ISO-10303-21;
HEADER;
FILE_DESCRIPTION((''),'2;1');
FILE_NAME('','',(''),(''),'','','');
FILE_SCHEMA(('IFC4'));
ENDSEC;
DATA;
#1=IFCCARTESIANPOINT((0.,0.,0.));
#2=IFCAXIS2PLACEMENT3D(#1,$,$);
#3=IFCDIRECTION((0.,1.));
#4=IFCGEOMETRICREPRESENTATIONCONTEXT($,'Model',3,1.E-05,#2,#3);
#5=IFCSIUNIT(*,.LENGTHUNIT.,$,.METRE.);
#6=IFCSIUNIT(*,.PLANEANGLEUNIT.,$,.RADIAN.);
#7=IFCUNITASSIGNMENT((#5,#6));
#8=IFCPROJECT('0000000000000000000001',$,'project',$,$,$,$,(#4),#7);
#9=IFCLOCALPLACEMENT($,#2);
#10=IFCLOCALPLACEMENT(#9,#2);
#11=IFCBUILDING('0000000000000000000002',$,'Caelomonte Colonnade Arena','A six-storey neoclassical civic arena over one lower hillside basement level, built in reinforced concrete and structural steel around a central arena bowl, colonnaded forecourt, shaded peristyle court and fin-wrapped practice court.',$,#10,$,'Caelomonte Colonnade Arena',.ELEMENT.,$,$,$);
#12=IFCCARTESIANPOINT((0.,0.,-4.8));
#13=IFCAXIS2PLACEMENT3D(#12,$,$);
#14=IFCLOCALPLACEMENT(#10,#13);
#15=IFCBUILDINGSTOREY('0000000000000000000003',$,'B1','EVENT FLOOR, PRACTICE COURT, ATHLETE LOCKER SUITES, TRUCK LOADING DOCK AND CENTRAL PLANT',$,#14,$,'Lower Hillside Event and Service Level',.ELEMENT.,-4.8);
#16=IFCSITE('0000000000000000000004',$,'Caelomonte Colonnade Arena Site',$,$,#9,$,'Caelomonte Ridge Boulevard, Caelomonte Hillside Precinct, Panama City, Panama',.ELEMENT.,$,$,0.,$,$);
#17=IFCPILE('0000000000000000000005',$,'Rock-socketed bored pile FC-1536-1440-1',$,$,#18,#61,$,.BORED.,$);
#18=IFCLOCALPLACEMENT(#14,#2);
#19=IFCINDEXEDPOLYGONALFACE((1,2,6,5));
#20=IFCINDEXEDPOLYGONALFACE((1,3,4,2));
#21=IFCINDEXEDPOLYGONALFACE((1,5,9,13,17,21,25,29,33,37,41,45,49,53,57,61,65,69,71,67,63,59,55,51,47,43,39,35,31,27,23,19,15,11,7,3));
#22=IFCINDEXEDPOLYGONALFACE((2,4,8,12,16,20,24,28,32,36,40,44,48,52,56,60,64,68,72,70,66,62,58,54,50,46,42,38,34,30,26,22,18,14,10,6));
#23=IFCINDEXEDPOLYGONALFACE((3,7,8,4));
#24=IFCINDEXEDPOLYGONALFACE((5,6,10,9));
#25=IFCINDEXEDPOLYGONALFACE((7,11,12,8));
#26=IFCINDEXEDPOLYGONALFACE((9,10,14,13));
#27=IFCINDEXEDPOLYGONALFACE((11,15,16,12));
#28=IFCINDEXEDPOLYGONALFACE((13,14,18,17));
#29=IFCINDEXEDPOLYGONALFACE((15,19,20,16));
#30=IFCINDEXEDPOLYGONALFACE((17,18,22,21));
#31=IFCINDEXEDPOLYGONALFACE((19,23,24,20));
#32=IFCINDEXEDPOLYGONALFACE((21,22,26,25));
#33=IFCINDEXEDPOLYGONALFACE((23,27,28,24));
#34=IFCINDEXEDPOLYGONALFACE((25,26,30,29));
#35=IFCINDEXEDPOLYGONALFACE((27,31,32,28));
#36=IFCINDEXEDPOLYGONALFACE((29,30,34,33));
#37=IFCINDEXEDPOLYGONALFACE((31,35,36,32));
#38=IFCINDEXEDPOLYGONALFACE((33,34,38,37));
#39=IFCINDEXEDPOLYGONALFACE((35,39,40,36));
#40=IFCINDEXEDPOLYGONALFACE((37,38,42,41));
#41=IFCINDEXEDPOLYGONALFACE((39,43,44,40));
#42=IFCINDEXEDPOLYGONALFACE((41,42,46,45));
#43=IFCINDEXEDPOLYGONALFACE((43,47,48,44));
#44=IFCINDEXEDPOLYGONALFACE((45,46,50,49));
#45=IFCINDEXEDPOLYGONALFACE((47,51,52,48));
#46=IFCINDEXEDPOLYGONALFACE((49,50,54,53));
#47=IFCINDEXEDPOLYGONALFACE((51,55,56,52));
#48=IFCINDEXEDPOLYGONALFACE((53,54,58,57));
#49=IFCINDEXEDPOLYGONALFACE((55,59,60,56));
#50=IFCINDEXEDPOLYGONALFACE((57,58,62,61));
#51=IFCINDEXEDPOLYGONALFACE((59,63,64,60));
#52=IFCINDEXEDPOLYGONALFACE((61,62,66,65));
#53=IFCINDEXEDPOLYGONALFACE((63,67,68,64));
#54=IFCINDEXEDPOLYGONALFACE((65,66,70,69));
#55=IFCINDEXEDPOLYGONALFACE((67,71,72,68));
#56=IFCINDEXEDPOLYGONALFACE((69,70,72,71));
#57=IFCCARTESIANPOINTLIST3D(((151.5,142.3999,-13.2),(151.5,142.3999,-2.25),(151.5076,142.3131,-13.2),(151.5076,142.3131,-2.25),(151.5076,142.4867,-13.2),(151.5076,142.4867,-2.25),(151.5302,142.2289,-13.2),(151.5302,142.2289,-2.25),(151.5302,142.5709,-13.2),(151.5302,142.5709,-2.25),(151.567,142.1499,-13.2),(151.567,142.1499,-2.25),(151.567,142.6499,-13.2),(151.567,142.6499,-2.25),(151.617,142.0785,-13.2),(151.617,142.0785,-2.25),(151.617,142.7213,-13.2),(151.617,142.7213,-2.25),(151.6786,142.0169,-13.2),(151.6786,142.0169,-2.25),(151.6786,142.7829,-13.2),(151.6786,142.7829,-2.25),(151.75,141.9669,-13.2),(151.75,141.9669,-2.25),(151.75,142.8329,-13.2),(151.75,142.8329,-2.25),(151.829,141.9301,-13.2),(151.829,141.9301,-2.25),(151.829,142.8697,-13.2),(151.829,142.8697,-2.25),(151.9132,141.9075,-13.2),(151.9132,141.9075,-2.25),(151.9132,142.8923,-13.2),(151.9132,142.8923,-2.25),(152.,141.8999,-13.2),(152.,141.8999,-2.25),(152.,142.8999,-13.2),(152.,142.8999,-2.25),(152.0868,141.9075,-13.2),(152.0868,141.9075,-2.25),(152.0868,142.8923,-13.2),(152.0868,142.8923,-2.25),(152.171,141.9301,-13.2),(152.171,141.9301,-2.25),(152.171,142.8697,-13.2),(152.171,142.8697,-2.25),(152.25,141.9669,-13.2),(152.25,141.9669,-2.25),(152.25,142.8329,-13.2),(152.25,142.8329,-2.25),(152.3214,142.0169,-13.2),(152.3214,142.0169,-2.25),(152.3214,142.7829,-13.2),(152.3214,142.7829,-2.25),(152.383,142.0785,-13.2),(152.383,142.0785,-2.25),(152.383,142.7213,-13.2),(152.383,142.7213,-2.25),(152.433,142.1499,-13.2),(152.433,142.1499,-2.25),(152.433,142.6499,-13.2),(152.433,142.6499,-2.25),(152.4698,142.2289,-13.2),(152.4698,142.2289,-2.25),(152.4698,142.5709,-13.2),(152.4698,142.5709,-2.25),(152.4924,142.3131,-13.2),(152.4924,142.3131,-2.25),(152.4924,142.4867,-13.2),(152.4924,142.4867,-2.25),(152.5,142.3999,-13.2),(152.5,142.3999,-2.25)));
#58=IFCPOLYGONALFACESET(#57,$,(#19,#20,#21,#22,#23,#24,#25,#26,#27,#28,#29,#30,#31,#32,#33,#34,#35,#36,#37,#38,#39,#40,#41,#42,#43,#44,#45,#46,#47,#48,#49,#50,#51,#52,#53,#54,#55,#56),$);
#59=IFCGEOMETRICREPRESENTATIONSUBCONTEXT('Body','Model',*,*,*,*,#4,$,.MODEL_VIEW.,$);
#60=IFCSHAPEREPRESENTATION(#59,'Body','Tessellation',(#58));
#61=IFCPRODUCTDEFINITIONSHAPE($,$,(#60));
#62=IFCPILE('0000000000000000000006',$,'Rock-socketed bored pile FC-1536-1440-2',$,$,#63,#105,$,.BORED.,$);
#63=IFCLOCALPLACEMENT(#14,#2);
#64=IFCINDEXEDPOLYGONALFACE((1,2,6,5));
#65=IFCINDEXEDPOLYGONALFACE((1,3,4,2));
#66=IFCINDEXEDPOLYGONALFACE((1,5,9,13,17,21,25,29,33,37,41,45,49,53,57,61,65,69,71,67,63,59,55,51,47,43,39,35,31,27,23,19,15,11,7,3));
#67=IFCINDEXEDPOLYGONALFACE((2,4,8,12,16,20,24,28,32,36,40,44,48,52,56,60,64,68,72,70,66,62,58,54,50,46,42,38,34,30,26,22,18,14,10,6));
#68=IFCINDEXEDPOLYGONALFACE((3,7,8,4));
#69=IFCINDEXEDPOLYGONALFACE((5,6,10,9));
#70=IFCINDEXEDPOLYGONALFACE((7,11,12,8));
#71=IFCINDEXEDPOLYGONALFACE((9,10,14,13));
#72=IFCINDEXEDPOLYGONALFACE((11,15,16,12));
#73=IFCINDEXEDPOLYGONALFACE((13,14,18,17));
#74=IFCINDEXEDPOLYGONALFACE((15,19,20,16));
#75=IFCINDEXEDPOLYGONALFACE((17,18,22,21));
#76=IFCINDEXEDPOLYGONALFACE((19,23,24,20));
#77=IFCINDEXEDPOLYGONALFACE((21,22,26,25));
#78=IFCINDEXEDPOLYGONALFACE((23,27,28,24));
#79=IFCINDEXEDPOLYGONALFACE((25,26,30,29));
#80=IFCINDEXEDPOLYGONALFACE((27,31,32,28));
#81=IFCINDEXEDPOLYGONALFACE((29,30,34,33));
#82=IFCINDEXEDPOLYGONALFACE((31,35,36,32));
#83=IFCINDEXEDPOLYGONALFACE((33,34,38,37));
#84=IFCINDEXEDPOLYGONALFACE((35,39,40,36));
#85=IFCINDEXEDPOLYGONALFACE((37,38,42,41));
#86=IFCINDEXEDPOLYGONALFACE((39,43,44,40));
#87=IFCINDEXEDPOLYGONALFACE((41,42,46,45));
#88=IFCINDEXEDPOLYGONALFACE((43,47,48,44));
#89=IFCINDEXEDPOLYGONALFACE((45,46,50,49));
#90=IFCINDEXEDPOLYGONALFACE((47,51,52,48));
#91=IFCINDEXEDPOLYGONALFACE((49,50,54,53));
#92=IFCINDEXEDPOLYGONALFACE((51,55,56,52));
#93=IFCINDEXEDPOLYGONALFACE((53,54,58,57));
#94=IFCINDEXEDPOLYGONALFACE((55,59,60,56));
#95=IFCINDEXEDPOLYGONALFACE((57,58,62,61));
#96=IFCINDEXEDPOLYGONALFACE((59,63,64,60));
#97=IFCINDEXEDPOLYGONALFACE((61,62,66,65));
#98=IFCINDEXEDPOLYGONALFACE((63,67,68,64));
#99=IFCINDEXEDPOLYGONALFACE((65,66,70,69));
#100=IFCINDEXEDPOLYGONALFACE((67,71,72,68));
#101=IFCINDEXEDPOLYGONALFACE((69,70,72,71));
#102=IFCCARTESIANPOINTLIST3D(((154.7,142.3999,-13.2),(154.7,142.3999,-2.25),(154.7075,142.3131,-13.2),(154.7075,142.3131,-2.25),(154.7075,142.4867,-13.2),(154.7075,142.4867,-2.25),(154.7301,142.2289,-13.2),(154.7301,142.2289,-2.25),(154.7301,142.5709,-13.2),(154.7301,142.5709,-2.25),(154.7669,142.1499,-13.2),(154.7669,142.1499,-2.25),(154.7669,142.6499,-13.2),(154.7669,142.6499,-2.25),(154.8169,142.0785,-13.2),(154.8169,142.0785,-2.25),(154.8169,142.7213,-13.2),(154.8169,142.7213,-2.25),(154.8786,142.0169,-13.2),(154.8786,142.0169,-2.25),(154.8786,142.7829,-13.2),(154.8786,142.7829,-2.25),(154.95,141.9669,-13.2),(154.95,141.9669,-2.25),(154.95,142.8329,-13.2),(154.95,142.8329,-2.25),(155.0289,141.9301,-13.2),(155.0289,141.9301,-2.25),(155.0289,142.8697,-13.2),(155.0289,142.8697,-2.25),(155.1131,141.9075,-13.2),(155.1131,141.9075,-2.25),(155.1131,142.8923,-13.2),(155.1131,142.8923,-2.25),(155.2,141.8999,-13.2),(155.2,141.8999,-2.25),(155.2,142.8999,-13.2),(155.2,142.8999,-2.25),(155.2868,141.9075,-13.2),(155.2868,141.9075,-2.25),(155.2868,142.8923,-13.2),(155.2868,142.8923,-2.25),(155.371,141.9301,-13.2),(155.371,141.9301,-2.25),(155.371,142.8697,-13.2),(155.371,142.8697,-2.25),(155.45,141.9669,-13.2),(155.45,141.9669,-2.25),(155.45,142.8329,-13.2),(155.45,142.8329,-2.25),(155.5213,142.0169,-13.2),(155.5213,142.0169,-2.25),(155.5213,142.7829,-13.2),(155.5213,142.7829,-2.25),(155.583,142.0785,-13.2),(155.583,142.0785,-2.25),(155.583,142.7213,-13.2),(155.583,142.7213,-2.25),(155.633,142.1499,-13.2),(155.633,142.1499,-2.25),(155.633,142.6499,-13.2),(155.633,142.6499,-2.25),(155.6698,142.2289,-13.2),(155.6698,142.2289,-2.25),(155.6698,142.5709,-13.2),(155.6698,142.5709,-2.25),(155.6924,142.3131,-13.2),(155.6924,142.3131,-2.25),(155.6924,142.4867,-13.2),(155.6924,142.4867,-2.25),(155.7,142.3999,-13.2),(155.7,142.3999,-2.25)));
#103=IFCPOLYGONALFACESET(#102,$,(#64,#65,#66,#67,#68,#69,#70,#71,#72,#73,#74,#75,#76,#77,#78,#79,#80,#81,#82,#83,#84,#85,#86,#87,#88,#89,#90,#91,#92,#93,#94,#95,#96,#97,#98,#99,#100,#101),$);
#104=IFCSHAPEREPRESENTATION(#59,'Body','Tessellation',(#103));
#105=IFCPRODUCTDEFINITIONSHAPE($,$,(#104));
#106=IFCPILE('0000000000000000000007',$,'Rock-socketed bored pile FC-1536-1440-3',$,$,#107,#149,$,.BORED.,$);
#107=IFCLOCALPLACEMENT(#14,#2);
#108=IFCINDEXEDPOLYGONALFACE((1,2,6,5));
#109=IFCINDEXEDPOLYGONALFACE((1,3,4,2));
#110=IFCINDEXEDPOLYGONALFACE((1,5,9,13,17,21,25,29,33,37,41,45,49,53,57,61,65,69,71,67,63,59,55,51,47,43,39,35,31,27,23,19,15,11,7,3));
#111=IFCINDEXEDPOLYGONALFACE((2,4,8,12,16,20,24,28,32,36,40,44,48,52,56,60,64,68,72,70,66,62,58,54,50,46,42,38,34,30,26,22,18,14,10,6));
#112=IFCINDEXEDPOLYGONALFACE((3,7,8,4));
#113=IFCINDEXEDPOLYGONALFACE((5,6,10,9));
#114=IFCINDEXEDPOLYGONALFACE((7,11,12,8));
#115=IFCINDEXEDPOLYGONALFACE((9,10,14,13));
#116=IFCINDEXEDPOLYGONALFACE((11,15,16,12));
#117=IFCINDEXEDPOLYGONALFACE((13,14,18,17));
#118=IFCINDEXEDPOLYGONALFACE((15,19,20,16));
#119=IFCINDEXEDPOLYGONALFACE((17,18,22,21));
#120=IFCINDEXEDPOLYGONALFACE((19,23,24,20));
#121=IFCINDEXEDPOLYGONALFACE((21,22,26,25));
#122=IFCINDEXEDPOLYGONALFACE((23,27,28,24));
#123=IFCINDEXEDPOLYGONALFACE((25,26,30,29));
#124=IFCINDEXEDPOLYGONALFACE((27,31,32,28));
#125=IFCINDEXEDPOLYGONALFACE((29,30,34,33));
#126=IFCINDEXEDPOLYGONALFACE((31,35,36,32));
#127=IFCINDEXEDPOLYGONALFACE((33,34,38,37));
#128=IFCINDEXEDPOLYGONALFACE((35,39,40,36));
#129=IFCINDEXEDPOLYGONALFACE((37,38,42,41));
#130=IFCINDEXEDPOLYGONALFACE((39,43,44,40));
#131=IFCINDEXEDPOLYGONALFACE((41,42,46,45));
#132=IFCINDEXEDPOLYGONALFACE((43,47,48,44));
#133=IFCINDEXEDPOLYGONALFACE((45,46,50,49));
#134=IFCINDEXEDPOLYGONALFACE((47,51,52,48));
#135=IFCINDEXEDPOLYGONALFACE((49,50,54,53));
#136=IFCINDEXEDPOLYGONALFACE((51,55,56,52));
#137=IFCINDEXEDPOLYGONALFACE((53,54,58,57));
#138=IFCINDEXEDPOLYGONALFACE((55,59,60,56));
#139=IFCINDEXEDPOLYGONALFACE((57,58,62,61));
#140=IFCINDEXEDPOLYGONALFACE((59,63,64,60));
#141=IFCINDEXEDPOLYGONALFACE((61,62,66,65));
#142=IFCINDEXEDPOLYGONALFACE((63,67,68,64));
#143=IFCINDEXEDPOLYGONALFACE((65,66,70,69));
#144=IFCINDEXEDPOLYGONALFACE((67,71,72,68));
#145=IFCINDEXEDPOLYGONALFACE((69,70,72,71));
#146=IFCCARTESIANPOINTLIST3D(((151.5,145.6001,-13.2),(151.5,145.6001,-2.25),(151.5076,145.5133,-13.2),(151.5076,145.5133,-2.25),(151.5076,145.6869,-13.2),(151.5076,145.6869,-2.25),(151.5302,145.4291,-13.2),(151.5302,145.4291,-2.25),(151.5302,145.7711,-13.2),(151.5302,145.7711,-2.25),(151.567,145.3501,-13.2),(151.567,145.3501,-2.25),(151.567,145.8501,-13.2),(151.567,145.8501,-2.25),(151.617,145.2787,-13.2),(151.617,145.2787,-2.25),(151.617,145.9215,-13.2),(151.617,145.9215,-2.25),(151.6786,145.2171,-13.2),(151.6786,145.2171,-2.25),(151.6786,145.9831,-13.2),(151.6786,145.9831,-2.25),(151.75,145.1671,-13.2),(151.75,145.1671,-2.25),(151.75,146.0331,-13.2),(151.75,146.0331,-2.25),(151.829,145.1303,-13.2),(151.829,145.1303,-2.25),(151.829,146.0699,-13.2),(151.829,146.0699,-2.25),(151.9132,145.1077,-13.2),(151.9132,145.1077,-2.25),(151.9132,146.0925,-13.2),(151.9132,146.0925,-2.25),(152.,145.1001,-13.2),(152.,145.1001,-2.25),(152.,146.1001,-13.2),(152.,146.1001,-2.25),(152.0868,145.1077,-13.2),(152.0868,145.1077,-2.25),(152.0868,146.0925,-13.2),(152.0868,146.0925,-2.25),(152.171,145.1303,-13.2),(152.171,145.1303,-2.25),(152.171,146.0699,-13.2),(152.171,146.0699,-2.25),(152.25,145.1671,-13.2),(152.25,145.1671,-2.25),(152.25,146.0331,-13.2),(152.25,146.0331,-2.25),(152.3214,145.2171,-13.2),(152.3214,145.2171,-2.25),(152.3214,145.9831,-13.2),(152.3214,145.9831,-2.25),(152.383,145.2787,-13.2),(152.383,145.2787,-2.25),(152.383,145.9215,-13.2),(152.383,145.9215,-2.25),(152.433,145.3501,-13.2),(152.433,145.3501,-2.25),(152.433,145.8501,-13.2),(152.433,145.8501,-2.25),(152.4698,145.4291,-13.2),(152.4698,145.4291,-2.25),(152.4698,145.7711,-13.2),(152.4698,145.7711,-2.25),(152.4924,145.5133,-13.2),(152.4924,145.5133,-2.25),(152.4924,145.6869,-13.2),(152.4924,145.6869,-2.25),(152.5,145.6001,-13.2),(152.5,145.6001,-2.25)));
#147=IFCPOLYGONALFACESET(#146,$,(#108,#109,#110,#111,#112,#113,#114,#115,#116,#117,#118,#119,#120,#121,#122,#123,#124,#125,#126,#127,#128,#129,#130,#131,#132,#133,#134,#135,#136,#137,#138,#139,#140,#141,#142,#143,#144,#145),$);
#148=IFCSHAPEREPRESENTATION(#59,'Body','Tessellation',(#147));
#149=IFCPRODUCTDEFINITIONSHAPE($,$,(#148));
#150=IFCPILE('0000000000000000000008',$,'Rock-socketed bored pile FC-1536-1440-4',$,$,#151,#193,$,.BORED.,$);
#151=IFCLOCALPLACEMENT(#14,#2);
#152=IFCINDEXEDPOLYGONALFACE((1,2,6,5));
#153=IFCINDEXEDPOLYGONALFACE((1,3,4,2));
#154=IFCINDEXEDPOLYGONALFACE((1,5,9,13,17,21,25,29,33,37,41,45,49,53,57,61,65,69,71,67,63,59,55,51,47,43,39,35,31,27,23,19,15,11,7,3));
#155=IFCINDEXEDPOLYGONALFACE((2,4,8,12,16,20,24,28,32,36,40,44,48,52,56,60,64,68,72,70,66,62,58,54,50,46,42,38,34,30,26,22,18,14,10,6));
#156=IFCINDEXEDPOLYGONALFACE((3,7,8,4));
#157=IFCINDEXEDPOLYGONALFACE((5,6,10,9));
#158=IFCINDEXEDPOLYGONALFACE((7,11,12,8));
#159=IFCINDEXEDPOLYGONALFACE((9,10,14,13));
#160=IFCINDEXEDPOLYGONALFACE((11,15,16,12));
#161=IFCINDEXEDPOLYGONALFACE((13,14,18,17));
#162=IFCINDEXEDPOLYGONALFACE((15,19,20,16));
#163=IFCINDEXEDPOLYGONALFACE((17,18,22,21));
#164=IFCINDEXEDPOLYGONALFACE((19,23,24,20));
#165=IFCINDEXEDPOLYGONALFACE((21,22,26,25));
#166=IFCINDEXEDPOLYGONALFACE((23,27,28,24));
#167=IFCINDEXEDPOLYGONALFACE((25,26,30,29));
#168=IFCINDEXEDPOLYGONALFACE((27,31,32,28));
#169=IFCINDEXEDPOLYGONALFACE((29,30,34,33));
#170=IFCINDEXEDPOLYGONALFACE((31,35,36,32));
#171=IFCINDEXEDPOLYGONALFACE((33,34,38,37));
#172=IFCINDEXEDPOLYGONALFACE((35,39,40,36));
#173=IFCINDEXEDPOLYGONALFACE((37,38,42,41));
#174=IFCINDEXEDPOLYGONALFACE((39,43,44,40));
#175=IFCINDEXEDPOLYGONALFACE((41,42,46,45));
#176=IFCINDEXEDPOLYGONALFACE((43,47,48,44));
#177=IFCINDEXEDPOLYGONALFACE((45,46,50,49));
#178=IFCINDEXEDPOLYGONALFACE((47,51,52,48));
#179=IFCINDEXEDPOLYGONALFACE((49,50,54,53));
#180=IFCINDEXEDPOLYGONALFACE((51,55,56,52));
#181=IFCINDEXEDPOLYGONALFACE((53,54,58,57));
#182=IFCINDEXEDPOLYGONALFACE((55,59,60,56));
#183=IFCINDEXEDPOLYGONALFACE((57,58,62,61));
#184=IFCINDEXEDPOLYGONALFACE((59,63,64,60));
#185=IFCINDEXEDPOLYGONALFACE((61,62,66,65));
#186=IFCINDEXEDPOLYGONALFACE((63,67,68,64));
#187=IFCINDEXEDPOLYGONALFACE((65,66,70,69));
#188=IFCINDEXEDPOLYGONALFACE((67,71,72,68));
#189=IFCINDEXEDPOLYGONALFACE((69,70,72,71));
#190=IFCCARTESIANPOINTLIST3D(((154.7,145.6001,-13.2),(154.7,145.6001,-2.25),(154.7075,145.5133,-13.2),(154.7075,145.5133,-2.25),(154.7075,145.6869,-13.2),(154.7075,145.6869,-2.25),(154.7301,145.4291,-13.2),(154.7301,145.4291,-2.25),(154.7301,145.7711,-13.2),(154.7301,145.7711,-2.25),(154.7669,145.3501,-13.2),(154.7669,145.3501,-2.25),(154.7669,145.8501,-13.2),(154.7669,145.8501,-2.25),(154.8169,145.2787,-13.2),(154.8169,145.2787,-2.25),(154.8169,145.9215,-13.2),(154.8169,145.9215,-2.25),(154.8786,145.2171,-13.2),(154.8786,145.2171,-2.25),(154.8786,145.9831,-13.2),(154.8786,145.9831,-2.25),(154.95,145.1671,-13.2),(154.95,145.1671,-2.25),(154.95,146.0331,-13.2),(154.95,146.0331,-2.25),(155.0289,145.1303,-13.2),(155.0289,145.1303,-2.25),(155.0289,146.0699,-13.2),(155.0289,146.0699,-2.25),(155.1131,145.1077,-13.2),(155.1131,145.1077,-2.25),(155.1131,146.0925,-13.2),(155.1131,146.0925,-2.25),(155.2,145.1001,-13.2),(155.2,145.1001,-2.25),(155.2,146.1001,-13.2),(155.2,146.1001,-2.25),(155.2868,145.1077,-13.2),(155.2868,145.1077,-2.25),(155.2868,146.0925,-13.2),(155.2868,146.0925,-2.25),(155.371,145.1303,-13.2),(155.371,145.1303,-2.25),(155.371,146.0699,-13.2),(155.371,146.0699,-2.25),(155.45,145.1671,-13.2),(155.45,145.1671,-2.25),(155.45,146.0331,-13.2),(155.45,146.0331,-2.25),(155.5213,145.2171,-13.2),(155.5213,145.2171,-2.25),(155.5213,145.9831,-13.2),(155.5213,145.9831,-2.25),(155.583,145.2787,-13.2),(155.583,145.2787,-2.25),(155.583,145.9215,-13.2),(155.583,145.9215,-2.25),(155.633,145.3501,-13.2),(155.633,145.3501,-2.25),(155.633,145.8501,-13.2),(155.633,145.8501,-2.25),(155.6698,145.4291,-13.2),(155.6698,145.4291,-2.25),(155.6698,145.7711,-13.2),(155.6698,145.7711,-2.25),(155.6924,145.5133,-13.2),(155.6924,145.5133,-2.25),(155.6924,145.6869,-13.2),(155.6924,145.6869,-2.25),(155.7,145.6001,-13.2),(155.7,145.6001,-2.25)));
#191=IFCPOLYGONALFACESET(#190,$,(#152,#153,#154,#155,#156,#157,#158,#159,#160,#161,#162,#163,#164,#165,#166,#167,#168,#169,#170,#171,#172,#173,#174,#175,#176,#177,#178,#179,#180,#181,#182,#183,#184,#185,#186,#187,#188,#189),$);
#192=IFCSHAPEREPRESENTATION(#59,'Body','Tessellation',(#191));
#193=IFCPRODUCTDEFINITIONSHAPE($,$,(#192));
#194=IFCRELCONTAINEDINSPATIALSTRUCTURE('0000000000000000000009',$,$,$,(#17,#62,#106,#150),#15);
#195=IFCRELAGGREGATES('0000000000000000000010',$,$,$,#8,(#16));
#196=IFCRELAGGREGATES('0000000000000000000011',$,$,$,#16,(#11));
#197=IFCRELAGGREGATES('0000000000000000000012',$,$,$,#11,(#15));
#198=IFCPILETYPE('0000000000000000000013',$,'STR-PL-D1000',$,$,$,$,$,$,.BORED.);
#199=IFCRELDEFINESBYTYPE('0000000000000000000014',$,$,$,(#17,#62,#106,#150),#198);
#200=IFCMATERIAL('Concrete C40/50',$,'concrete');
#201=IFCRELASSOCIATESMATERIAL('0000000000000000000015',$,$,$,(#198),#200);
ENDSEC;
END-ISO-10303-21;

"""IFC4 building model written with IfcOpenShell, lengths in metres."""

from ifc_helpers import new_model, si_unit, direction, frame, origin, origin_2d, place, context, subcontext, project, spatial, circle, extrude, material, material_profile, profile_set, type_object, element, save


model = new_model("IFC4")

# Units and contexts
model_context = context("Model", 3, precision=1e-05, world=origin(), true_north=direction((0.0, 1.0)))
body_context = subcontext(model_context, "Body", "Model", "MODEL_VIEW")
ifc_project = project(units=[si_unit("LENGTHUNIT", "METRE"), si_unit("PLANEANGLEUNIT", "RADIAN")], contexts=[model_context])

# Site, building, storey
site_placement = place(None, origin())
site = spatial("IfcSite", under=ifc_project, at=site_placement, Name="Caelomonte Colonnade Arena Site", LongName="Caelomonte Ridge Boulevard, Caelomonte Hillside Precinct, Panama City, Panama", CompositionType="ELEMENT", RefElevation=0.0)
building_placement = place(site_placement, origin())
building = spatial("IfcBuilding", under=site, at=building_placement, Name="Caelomonte Colonnade Arena", Description="A six-storey neoclassical civic arena over one lower hillside basement level, built in reinforced concrete and structural steel around a central arena bowl, colonnaded forecourt, shaded peristyle court and fin-wrapped practice court.", LongName="Caelomonte Colonnade Arena", CompositionType="ELEMENT")
storey_placement = place(building_placement, frame((0.0, 0.0, -4.8)))
storey = spatial("IfcBuildingStorey", under=building, at=storey_placement, Name="B1", Description="EVENT FLOOR, PRACTICE COURT, ATHLETE LOCKER SUITES, TRUCK LOADING DOCK AND CENTRAL PLANT", LongName="Lower Hillside Event and Service Level", CompositionType="ELEMENT", Elevation=-4.8)

# Shared definitions
ifc_material_1 = material(Name="Concrete C40/50", Category="concrete")

# Piles
ifc_material_profile_1 = material_profile(ifc_material_1, circle(Radius=0.5, at=origin_2d()), Name="PILE-D1000")
ifc_profile_set_1 = profile_set([ifc_material_profile_1], Name="Concrete C40/50")
pile_type = type_object("IfcPileType", Name="STR-PL-D1000", PredefinedType="BORED", material=ifc_profile_set_1)
for number, where, z_axis, x_axis, name in (
    (1, (152.0, 142.3999, -2.25), (0.0, 0.0, -1.0), (1.0, 0.0, 0.0), "Rock-socketed bored pile FC-1536-1440-1"),
    (2, (155.2, 142.3999, -2.25), (0.0, 0.0, -1.0), (1.0, 0.0, 0.0), "Rock-socketed bored pile FC-1536-1440-2"),
    (3, (152.0, 145.6001, -2.25), (0.0, 0.0, -1.0), (1.0, 0.0, 0.0), "Rock-socketed bored pile FC-1536-1440-3"),
    (4, (155.2, 145.6001, -2.25), (0.0, 0.0, -1.0), (1.0, 0.0, 0.0), "Rock-socketed bored pile FC-1536-1440-4"),
):
    element("IfcPile", number, at=place(storey_placement, frame(where, z_axis=z_axis, x_axis=x_axis)), inside=storey, type_object=pile_type, Name=name, PredefinedType="BORED", context=body_context, shape_type="SweptSolid", body=[
        extrude(circle(Radius=0.5, at=origin_2d()), origin(), (0.0, 0.0, 1.0), 10.95),
    ])

save(model, "model.ifc")
